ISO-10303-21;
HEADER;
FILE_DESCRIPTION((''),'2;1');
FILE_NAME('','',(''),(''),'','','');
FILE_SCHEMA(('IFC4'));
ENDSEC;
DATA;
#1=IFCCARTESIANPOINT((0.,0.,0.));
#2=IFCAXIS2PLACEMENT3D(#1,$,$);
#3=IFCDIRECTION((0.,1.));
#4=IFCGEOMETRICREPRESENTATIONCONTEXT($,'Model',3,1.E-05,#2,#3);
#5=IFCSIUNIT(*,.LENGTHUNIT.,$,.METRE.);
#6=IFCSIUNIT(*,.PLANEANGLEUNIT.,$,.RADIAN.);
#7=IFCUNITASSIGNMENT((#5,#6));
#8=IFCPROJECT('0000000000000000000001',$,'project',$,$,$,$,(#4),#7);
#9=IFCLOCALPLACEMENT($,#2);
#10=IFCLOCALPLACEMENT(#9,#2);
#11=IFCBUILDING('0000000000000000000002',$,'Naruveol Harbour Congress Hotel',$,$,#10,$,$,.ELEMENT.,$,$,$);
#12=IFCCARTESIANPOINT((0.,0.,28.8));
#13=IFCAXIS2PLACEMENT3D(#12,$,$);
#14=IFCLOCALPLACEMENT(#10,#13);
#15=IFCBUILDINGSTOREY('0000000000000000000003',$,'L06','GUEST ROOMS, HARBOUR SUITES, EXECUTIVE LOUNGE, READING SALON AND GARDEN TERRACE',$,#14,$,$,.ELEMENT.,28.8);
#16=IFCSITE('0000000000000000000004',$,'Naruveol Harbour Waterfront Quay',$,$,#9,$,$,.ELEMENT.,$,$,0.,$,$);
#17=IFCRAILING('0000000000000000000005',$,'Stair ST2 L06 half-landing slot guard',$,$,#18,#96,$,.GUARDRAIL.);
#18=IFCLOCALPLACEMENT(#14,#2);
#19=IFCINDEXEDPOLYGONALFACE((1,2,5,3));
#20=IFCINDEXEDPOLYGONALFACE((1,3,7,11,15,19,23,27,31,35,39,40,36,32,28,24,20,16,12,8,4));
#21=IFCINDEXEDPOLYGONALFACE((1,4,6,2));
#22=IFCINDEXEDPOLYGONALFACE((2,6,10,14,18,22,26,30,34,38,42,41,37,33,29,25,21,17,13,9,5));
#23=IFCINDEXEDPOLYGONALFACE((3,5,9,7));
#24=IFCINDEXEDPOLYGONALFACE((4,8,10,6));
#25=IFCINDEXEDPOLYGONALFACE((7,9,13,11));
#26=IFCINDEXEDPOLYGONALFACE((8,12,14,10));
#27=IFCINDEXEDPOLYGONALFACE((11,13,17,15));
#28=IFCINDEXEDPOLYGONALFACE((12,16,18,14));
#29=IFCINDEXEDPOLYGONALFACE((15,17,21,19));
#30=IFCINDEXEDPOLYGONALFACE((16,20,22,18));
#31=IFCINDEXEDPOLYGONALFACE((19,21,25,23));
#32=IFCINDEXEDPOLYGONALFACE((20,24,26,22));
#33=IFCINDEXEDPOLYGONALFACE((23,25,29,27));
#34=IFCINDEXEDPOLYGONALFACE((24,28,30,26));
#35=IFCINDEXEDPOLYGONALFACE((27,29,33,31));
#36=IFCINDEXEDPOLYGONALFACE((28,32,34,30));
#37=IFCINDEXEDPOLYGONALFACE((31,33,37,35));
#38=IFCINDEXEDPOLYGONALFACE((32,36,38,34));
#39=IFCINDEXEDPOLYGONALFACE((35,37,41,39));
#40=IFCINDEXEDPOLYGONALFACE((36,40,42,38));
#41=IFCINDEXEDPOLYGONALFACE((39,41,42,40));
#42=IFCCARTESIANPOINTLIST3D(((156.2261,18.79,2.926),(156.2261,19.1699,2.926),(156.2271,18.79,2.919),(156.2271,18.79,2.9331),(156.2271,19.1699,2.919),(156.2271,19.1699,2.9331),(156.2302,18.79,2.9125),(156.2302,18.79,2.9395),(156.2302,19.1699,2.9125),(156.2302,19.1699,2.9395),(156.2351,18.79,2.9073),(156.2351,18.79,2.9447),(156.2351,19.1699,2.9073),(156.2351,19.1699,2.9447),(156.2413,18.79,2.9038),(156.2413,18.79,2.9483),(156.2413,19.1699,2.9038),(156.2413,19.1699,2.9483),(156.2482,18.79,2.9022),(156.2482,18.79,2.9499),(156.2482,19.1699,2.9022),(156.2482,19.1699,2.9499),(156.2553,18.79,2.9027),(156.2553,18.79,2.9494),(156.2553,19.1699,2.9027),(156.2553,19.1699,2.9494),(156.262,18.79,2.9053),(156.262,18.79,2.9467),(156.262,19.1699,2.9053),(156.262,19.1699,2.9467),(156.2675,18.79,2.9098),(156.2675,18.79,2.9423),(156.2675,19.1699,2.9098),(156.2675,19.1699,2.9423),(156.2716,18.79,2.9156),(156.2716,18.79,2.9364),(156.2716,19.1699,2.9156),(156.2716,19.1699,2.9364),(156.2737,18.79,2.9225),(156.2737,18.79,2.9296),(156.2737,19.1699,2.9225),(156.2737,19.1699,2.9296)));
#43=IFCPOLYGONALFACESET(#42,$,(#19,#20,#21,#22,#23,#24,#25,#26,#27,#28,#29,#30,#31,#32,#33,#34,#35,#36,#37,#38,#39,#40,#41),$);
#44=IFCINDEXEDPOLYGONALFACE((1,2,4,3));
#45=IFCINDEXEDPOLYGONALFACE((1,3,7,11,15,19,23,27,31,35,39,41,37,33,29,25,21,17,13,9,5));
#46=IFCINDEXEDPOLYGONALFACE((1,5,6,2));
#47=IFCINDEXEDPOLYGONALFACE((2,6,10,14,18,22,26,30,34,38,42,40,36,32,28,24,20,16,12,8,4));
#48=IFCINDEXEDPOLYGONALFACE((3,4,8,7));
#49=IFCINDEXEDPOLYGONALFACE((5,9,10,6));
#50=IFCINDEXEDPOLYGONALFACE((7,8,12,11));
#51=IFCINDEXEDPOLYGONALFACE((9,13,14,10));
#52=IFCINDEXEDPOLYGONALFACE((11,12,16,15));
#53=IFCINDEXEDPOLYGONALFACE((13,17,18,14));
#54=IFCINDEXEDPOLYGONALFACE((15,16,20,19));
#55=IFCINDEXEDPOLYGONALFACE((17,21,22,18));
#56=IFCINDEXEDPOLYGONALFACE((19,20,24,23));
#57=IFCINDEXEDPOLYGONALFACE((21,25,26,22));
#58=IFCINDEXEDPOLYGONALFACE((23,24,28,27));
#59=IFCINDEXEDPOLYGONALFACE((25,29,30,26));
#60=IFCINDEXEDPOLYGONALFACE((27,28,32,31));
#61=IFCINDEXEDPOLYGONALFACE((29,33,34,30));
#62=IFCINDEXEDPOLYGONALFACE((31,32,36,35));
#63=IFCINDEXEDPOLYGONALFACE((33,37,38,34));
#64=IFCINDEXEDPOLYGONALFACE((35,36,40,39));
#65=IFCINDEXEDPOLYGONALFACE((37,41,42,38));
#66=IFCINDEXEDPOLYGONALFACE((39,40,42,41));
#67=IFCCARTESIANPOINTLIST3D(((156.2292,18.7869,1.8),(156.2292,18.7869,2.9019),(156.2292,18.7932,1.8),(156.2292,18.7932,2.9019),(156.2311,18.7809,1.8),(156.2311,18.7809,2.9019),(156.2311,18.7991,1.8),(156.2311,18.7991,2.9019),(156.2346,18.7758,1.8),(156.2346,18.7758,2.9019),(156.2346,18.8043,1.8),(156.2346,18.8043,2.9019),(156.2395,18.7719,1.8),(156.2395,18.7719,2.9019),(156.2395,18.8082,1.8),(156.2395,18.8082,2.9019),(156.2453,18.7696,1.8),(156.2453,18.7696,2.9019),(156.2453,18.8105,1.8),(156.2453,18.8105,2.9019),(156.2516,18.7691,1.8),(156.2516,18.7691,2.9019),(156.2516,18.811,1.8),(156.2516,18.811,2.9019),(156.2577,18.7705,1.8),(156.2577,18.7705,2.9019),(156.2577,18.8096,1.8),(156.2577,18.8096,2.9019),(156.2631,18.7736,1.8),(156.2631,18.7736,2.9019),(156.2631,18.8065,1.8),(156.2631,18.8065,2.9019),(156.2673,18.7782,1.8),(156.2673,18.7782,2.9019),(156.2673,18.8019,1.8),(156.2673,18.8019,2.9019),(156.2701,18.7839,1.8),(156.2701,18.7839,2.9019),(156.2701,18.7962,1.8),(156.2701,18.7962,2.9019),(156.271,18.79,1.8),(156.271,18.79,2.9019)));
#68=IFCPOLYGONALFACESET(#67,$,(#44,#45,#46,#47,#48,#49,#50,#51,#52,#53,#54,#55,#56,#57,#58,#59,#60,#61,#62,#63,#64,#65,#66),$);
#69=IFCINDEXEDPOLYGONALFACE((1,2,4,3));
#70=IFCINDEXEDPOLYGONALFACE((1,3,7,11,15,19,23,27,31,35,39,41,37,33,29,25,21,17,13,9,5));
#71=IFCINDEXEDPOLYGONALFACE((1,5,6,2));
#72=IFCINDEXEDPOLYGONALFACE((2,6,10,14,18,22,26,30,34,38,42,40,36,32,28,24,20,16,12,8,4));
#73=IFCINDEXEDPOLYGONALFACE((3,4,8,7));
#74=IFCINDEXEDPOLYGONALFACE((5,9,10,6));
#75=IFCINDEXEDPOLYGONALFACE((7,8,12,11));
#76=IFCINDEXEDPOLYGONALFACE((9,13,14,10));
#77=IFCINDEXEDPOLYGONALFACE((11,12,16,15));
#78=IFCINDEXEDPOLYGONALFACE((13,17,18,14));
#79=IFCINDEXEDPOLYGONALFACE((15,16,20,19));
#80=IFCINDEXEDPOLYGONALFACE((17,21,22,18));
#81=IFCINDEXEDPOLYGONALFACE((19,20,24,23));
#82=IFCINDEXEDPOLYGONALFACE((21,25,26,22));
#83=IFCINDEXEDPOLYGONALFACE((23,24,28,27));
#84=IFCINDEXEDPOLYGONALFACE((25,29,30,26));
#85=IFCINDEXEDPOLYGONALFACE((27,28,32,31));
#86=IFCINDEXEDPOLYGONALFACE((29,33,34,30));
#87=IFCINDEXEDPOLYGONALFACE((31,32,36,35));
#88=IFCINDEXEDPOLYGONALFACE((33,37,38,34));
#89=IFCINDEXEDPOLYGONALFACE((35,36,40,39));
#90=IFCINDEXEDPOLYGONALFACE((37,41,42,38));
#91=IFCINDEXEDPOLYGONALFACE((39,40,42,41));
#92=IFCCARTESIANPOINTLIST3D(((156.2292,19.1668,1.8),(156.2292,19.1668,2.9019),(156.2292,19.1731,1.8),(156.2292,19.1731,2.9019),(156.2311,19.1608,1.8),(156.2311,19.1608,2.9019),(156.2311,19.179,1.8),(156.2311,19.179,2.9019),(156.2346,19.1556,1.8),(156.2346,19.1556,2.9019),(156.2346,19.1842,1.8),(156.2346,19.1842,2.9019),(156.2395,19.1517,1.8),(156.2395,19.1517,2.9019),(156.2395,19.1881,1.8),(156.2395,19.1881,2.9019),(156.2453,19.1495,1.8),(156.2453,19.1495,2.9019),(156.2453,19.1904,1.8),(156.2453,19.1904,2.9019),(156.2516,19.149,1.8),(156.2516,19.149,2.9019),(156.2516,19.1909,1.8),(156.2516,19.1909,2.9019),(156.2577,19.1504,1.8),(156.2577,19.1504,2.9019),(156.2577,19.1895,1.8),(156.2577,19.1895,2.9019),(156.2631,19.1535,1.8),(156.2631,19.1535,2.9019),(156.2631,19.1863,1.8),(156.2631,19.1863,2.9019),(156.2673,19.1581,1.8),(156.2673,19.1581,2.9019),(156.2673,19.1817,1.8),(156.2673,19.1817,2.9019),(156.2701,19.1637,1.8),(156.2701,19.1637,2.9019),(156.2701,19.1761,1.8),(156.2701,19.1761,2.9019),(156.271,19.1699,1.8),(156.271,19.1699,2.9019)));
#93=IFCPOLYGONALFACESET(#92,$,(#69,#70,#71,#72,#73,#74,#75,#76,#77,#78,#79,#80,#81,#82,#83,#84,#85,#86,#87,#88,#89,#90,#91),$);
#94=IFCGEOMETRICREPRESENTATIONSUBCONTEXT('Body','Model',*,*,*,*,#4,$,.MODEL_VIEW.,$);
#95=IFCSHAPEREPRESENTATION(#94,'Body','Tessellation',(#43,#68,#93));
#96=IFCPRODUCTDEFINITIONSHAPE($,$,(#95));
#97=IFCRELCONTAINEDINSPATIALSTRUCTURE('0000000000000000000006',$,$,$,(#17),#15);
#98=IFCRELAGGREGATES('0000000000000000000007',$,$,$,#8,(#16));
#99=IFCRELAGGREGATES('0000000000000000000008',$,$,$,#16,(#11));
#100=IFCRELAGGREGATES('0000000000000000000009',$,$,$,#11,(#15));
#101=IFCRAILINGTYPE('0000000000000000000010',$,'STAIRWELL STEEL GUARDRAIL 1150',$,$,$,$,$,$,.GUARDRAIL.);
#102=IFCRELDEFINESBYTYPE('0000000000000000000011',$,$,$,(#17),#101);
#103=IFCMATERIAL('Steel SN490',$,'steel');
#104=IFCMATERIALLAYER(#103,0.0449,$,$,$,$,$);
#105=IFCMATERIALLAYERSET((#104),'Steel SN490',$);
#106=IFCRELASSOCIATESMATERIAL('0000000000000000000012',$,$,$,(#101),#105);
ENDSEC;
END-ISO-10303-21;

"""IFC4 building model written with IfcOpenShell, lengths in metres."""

from ifc_helpers import new_model, si_unit, direction, frame, origin, origin_2d, place, context, subcontext, project, spatial, circle, extrude, material, layer, layer_set, type_object, element, save


model = new_model("IFC4")

# Units and contexts
model_context = context("Model", 3, precision=1e-05, world=origin(), true_north=direction((0.0, 1.0)))
body_context = subcontext(model_context, "Body", "Model", "MODEL_VIEW")
ifc_project = project(units=[si_unit("LENGTHUNIT", "METRE"), si_unit("PLANEANGLEUNIT", "RADIAN")], contexts=[model_context])

# Site, building, storey
site_placement = place(None, origin())
site = spatial("IfcSite", under=ifc_project, at=site_placement, Name="Naruveol Harbour Waterfront Quay", CompositionType="ELEMENT", RefElevation=0.0)
building_placement = place(site_placement, origin())
building = spatial("IfcBuilding", under=site, at=building_placement, Name="Naruveol Harbour Congress Hotel", CompositionType="ELEMENT")
storey_placement = place(building_placement, frame((0.0, 0.0, 28.8)))
storey = spatial("IfcBuildingStorey", under=building, at=storey_placement, Name="L06", Description="GUEST ROOMS, HARBOUR SUITES, EXECUTIVE LOUNGE, READING SALON AND GARDEN TERRACE", CompositionType="ELEMENT", Elevation=28.8)

# Railing
ifc_material_1 = material(Name="Steel SN490", Category="steel")
ifc_layer_1 = layer(ifc_material_1, 0.0449)
ifc_layer_set_1 = layer_set([ifc_layer_1], Name="Steel SN490")
railing_type_1 = type_object("IfcRailingType", Name="STAIRWELL STEEL GUARDRAIL 1150", PredefinedType="GUARDRAIL", material=ifc_layer_set_1)
railing_1_placement = place(storey_placement, frame((156.25, 18.79, 1.8)))
element("IfcRailing", 1, at=railing_1_placement, inside=storey, type_object=railing_type_1, Name="Stair ST2 L06 half-landing slot guard", PredefinedType="GUARDRAIL", context=body_context, shape_type="SweptSolid", body=[
    extrude(circle(Radius=0.0239, at=origin_2d()), frame((0.0, 0.0, 1.126), z_axis=(0.0, 1.0, 0.0), x_axis=(-1.0, 0.0, 0.0)), (0.0, 0.0, 1.0), 0.3799),
    extrude(circle(Radius=0.021, at=origin_2d()), origin(), (0.0, 0.0, 1.0), 1.1018),
    extrude(circle(Radius=0.021, at=origin_2d()), frame((0.0, 0.3799, 0.0)), (0.0, 0.0, 1.0), 1.1018),
])

save(model, "model.ifc")
